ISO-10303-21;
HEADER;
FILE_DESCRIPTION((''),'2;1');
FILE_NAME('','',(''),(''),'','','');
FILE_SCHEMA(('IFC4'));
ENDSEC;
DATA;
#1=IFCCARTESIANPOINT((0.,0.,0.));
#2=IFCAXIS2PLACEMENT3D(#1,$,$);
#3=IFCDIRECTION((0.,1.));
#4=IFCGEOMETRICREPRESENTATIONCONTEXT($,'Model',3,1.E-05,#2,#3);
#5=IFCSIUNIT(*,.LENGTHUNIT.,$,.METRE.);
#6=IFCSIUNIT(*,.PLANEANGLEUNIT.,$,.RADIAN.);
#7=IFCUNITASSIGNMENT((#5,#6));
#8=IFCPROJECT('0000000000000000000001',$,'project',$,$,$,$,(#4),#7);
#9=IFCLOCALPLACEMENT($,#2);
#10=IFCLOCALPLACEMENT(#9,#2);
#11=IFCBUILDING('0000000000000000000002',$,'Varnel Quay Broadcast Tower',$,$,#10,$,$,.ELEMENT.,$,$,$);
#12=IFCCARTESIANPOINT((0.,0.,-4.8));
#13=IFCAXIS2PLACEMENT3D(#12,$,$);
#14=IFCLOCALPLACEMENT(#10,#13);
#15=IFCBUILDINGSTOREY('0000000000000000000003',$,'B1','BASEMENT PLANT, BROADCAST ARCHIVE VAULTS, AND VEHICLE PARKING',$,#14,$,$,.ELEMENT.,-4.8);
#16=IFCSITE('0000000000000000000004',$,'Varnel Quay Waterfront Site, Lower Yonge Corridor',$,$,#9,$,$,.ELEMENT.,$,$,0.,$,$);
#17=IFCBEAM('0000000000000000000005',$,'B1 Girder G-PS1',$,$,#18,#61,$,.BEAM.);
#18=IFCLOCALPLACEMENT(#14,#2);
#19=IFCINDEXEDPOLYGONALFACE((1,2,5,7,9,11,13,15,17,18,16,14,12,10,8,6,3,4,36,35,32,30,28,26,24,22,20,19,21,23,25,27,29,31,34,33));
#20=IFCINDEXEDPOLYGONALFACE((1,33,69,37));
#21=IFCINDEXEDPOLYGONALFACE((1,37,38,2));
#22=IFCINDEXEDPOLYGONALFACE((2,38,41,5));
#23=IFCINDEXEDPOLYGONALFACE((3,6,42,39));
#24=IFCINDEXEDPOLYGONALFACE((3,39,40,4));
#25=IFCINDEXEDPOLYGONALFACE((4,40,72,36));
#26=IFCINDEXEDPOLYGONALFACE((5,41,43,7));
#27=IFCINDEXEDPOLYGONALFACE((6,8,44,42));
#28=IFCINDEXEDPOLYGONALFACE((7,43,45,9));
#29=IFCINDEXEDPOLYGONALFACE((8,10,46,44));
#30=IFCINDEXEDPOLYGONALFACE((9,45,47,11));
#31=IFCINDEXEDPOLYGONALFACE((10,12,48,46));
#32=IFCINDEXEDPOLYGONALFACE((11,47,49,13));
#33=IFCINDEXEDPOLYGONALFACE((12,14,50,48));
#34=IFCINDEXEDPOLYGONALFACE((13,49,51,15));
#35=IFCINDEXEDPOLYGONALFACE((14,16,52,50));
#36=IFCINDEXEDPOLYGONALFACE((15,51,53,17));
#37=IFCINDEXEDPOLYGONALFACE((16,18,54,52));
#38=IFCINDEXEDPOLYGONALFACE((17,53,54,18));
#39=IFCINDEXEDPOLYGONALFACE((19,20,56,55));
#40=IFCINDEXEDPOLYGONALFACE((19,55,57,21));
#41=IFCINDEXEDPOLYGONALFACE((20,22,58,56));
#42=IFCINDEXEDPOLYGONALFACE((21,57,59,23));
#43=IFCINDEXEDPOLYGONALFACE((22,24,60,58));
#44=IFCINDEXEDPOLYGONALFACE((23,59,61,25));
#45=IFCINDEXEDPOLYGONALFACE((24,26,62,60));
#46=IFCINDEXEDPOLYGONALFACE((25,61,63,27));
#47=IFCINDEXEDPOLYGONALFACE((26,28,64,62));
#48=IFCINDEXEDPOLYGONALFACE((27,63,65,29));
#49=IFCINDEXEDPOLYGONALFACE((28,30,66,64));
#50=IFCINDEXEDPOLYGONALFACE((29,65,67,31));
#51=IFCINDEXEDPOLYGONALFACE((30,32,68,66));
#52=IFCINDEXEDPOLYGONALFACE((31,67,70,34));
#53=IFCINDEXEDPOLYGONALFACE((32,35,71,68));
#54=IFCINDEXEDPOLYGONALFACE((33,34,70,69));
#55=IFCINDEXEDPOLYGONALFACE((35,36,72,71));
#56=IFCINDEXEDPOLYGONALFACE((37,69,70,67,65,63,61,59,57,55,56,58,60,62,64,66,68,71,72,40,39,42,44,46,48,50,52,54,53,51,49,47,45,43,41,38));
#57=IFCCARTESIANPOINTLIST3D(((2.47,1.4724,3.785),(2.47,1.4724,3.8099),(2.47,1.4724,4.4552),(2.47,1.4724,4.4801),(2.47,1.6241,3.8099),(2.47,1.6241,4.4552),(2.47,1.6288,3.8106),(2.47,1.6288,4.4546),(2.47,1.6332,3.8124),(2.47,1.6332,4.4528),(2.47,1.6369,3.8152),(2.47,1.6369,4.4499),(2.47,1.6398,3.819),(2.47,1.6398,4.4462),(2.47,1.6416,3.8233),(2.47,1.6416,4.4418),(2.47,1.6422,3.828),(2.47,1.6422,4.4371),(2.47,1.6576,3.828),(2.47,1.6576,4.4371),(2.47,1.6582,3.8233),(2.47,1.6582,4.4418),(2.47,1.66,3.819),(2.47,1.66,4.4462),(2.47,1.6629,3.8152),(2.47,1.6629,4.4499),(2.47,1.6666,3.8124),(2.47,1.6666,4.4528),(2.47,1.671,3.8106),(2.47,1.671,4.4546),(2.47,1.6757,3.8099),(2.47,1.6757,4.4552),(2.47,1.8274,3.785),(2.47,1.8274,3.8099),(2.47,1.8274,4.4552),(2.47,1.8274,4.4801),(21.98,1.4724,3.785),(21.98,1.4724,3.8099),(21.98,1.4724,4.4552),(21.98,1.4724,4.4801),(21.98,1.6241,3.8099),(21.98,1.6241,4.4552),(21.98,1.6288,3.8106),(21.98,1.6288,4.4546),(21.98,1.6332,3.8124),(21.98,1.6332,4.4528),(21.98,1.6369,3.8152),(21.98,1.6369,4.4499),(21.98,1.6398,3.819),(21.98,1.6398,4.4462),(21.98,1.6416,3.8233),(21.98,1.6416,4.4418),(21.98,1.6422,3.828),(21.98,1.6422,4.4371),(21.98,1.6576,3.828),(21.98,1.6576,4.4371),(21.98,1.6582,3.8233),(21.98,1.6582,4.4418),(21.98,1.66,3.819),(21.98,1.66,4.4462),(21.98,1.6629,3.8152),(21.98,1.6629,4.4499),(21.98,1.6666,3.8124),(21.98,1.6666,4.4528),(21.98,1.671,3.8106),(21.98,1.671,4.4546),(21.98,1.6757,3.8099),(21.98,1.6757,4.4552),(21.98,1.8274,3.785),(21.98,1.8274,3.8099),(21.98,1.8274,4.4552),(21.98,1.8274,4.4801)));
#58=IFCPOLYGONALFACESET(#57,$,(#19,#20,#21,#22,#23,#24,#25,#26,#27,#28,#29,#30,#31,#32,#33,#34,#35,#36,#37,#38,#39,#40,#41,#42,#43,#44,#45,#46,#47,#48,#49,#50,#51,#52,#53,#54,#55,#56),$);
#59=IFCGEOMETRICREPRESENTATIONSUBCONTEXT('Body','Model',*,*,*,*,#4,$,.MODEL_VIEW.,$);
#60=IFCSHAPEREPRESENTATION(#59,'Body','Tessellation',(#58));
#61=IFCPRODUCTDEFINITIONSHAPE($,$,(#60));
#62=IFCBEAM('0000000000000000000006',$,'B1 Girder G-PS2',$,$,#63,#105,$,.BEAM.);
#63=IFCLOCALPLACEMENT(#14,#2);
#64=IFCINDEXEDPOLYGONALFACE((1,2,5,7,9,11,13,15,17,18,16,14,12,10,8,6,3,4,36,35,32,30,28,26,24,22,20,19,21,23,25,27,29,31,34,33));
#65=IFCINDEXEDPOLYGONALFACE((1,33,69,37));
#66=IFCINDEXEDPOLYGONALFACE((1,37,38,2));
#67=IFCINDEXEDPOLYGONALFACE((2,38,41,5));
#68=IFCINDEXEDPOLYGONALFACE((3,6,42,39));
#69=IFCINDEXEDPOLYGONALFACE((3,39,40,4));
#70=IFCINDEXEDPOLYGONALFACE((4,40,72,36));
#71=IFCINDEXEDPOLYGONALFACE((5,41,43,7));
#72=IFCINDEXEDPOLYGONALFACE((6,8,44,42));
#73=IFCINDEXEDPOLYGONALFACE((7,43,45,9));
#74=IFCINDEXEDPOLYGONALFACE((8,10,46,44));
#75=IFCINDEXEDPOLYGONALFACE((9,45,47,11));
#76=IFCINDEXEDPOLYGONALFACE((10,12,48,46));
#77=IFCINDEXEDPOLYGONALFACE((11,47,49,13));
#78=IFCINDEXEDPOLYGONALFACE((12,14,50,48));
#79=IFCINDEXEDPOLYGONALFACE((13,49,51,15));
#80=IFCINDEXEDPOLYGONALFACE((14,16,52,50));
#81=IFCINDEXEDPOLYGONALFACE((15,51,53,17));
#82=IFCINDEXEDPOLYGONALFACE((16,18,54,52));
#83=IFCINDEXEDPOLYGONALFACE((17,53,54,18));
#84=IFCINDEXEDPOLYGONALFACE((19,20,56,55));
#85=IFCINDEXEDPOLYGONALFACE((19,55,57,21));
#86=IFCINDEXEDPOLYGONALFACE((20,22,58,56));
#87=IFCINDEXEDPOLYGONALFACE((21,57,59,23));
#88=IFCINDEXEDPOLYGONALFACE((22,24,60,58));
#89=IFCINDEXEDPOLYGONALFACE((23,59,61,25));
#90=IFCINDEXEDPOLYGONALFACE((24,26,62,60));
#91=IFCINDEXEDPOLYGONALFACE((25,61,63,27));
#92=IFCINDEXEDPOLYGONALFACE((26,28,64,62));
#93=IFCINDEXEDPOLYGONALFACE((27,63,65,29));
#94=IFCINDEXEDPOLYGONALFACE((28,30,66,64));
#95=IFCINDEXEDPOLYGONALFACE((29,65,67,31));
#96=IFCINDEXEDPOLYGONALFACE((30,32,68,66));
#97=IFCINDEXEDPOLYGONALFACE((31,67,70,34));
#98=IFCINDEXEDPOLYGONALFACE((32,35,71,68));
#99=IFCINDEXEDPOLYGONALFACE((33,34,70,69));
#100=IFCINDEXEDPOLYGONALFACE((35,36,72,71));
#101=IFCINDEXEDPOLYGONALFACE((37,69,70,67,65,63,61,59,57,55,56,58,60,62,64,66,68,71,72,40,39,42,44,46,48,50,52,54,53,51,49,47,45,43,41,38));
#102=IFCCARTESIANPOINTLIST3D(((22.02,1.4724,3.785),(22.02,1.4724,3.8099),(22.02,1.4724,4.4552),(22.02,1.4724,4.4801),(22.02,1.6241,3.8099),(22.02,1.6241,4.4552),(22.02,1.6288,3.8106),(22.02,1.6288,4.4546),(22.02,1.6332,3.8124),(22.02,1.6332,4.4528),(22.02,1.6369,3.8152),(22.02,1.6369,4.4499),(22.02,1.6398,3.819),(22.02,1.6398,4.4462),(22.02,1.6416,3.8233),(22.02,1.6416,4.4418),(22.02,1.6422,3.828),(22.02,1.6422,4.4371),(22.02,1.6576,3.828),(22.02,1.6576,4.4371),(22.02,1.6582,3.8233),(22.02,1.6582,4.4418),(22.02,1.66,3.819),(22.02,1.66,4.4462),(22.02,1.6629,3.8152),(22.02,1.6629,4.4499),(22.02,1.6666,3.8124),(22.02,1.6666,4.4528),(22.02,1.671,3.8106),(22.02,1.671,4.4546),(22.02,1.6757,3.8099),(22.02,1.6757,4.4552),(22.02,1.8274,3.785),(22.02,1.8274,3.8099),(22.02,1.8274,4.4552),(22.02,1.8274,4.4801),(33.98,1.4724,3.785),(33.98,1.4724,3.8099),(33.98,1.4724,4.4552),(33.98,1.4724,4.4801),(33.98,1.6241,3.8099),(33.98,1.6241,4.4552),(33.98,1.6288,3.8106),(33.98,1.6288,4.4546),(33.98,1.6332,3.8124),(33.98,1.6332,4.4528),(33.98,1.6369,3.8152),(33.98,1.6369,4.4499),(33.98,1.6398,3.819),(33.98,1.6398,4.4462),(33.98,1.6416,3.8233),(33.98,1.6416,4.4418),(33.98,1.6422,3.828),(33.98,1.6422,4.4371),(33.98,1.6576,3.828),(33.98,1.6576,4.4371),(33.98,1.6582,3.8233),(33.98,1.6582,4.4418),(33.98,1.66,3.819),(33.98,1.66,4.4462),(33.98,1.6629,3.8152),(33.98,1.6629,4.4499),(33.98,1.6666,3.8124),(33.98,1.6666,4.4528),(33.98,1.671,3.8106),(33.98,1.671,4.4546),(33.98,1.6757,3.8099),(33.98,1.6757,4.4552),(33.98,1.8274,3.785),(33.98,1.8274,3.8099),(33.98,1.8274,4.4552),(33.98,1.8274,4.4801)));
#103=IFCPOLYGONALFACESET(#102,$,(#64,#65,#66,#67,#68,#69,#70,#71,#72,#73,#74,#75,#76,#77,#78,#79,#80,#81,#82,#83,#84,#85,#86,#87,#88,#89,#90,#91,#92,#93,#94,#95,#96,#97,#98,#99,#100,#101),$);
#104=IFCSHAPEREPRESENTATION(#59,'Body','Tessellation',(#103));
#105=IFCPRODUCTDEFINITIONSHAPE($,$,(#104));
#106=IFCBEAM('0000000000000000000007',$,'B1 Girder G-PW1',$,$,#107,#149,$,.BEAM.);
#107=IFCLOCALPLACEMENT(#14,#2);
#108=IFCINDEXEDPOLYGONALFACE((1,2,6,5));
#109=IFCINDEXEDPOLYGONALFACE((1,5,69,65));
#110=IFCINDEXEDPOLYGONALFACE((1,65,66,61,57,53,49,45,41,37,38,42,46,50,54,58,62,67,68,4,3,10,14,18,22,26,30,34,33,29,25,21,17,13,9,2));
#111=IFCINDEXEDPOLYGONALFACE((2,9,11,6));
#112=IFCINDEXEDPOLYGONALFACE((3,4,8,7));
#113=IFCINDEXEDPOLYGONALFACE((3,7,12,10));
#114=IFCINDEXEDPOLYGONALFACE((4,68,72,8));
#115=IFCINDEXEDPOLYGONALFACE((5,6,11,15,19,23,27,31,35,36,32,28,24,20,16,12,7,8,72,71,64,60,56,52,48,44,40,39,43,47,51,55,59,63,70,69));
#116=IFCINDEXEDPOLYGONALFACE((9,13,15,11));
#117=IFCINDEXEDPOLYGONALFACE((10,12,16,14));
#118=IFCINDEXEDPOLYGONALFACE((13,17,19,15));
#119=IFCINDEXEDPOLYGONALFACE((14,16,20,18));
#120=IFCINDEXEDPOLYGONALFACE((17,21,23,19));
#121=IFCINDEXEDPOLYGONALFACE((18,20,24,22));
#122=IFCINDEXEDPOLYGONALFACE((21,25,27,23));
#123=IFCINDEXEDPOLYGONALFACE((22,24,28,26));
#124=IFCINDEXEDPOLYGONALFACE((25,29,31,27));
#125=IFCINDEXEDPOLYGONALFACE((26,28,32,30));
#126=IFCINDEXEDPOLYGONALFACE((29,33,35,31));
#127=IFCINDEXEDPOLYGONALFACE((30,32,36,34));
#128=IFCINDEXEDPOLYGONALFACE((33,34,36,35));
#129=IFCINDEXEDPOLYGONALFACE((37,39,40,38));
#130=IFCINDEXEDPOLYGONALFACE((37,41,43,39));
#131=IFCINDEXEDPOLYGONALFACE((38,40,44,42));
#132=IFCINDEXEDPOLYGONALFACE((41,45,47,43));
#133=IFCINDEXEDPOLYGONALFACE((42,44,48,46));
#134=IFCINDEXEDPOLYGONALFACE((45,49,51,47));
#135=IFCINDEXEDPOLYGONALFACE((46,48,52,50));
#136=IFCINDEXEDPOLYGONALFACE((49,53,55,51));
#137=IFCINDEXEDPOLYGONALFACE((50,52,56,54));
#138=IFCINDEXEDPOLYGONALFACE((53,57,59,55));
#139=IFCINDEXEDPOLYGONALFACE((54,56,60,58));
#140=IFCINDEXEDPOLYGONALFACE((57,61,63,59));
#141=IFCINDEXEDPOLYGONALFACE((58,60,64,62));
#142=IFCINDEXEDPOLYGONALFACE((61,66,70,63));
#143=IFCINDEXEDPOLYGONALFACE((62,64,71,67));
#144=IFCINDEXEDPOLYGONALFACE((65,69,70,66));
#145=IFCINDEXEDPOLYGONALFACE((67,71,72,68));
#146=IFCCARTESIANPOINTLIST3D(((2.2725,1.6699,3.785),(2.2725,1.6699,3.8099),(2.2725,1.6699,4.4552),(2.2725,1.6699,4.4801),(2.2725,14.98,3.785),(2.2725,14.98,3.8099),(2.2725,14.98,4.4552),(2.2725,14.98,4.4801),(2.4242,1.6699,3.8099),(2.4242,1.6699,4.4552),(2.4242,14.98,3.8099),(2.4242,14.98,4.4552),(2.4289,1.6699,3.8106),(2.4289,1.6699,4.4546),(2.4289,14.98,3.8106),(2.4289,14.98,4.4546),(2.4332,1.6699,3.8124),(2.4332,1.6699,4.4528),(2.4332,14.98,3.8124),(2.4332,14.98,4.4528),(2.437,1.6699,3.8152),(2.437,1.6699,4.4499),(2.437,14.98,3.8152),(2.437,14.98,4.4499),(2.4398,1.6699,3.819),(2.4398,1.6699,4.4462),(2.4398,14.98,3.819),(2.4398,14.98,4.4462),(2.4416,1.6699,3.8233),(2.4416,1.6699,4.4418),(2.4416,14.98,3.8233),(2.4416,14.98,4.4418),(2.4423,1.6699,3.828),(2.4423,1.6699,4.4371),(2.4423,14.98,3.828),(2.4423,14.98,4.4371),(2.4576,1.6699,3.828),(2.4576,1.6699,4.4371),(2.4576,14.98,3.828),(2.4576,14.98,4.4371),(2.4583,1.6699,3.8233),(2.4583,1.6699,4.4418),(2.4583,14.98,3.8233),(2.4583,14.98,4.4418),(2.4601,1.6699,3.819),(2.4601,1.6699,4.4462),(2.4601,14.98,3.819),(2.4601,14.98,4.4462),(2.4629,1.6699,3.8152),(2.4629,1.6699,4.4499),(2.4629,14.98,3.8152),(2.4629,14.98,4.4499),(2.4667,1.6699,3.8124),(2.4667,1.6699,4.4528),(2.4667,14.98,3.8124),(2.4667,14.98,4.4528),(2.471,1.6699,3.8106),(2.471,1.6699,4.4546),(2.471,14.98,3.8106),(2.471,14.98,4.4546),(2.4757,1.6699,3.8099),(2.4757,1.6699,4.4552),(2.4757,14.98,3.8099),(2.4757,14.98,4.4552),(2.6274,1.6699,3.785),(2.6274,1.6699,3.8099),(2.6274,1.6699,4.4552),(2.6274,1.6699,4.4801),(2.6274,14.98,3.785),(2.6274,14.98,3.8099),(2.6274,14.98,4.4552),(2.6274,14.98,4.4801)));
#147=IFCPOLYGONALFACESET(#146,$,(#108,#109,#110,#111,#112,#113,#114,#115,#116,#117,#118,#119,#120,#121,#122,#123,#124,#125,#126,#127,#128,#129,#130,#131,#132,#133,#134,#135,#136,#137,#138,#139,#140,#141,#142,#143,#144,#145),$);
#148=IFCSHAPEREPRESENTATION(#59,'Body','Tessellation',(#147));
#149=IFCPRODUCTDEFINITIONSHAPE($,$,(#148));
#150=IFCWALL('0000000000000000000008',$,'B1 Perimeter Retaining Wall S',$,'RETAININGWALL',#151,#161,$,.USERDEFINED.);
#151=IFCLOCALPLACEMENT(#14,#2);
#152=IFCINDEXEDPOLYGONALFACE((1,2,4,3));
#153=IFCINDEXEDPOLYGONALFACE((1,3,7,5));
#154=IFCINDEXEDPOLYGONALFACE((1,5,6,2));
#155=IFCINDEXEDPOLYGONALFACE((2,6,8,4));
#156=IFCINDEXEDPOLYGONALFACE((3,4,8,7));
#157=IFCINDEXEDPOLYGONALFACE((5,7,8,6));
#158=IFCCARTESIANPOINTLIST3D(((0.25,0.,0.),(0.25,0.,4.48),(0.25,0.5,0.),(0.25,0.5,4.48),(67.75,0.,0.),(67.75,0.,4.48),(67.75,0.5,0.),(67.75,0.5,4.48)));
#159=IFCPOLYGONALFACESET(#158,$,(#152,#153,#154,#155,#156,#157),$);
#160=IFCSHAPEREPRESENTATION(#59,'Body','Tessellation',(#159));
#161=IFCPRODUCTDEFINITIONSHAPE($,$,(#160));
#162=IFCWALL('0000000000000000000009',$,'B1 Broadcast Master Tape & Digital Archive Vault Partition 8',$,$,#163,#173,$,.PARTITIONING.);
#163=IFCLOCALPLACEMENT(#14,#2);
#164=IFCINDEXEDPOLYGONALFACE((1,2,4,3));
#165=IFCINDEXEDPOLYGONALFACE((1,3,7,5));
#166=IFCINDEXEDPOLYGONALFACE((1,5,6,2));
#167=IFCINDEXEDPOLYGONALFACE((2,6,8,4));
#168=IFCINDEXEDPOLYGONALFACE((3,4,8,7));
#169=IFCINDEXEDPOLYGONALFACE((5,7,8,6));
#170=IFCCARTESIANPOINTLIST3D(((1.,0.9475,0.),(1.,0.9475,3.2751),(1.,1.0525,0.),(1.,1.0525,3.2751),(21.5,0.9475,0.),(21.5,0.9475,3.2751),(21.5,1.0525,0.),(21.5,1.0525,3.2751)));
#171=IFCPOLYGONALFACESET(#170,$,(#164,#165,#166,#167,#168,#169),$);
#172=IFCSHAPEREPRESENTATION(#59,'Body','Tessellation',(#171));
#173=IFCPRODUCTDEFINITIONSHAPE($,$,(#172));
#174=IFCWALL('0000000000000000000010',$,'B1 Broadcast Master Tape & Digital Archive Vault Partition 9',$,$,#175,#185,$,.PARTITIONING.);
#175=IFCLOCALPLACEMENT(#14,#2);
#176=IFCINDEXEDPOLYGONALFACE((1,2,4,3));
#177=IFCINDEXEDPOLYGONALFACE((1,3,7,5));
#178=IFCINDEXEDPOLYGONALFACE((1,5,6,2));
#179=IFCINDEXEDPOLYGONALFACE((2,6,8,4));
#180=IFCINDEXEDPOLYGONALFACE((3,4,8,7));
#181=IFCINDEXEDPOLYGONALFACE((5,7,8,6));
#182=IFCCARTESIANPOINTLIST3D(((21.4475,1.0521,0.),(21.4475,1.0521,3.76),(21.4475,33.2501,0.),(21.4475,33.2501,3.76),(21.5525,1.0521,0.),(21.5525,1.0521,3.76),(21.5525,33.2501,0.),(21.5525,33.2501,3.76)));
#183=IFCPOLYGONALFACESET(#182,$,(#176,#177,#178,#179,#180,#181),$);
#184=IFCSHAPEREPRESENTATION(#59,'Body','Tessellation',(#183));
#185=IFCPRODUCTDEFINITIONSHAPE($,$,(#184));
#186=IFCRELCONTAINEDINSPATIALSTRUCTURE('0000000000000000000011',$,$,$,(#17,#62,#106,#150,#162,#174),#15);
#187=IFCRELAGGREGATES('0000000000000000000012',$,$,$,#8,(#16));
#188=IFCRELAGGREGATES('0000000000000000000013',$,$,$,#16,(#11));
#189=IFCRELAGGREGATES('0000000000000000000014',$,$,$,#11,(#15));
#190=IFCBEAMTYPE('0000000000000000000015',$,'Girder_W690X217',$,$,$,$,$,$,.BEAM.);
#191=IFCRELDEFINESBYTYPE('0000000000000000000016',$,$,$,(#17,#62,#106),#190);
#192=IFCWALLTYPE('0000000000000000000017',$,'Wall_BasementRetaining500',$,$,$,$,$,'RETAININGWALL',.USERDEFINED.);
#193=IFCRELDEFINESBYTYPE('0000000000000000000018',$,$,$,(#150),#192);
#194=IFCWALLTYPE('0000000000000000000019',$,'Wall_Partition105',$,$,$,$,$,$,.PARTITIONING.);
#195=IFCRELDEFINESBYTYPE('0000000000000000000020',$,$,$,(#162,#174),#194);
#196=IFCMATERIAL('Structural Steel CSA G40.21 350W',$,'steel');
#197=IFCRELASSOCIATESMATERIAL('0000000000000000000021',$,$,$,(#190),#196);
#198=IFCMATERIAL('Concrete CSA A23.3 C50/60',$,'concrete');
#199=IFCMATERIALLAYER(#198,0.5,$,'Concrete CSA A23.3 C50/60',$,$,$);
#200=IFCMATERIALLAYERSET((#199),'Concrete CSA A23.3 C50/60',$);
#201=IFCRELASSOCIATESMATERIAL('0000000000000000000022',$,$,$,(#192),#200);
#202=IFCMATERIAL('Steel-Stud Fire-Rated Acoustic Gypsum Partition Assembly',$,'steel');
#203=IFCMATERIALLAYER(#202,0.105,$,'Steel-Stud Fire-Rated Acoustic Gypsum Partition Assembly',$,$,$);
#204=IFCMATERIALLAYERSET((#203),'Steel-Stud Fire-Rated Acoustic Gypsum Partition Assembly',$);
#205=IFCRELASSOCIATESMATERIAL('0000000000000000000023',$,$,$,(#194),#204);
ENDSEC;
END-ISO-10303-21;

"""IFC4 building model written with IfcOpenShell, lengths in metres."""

from ifc_helpers import new_model, si_unit, direction, frame, frame_2d, origin, origin_2d, place, context, subcontext, project, spatial, rectangle, i_section, extrude, source, transform, mapped, material, layer, layer_set, material_profile, profile_set, type_object, type_shapes, element, save


model = new_model("IFC4")

# Units and contexts
model_context = context("Model", 3, precision=1e-05, world=origin(), true_north=direction((0.0, 1.0)))
body_context = subcontext(model_context, "Body", "Model", "MODEL_VIEW")
ifc_project = project(units=[si_unit("LENGTHUNIT", "METRE"), si_unit("PLANEANGLEUNIT", "RADIAN")], contexts=[model_context])

# Site, building, storey
site_placement = place(None, origin())
site = spatial("IfcSite", under=ifc_project, at=site_placement, Name="Varnel Quay Waterfront Site, Lower Yonge Corridor", CompositionType="ELEMENT", RefElevation=0.0)
building_placement = place(site_placement, origin())
building = spatial("IfcBuilding", under=site, at=building_placement, Name="Varnel Quay Broadcast Tower", CompositionType="ELEMENT")
storey_placement = place(building_placement, frame((0.0, 0.0, -4.8)))
storey = spatial("IfcBuildingStorey", under=building, at=storey_placement, Name="B1", Description="BASEMENT PLANT, BROADCAST ARCHIVE VAULTS, AND VEHICLE PARKING", CompositionType="ELEMENT", Elevation=-4.8)

# Shared definitions
ifc_material_1 = material(Name="Concrete CSA A23.3 C50/60", Category="concrete")

# Beams
ifc_material_2 = material(Name="Structural Steel CSA G40.21 350W", Category="steel")
ifc_material_profile_1 = material_profile(ifc_material_2, i_section(OverallWidth=0.355, OverallDepth=0.6951, WebThickness=0.0154, FlangeThickness=0.0249, FilletRadius=0.0181, at=origin_2d()), Name="W690X217")
ifc_profile_set_1 = profile_set([ifc_material_profile_1], Name="Structural Steel CSA G40.21 350W")
beam_type_1 = type_object("IfcBeamType", Name="Girder_W690X217", PredefinedType="BEAM", material=ifc_profile_set_1)
shared_shape_1 = source(origin(), body_context, "Body", "SweptSolid", [
    extrude(i_section(OverallWidth=0.355, OverallDepth=0.6951, WebThickness=0.0154, FlangeThickness=0.0249, FilletRadius=0.0181, at=origin_2d()), origin(), (0.0, 0.0, 1.0), 19.51),
])
beam_1_placement = place(storey_placement, frame((2.47, 1.6499, 4.1326), z_axis=(1.0, 0.0, 0.0), x_axis=(0.0, 1.0, 0.0)))
element("IfcBeam", 1, at=beam_1_placement, inside=storey, type_object=beam_type_1, Name="B1 Girder G-PS1", PredefinedType="BEAM", context=body_context, shape_type="MappedRepresentation", body=[
    mapped(shared_shape_1, transform((0.0, 0.0, 0.0), x_axis=(1.0, 0.0, 0.0), y_axis=(0.0, 1.0, 0.0), z_axis=(0.0, 0.0, 1.0), scale=1.0)),
])
shared_shape_2 = source(origin(), body_context, "Body", "SweptSolid", [
    extrude(i_section(OverallWidth=0.355, OverallDepth=0.6951, WebThickness=0.0154, FlangeThickness=0.0249, FilletRadius=0.0181, at=origin_2d()), origin(), (0.0, 0.0, 1.0), 11.96),
])
beam_2_placement = place(storey_placement, frame((22.02, 1.6499, 4.1326), z_axis=(1.0, 0.0, 0.0), x_axis=(0.0, 1.0, 0.0)))
element("IfcBeam", 2, at=beam_2_placement, inside=storey, type_object=beam_type_1, Name="B1 Girder G-PS2", PredefinedType="BEAM", context=body_context, shape_type="MappedRepresentation", body=[
    mapped(shared_shape_2, transform((0.0, 0.0, 0.0), x_axis=(1.0, 0.0, 0.0), y_axis=(0.0, 1.0, 0.0), z_axis=(0.0, 0.0, 1.0), scale=1.0)),
])
shared_shape_3 = source(origin(), body_context, "Body", "SweptSolid", [
    extrude(i_section(OverallWidth=0.355, OverallDepth=0.6951, WebThickness=0.0154, FlangeThickness=0.0249, FilletRadius=0.0181, at=origin_2d()), origin(), (0.0, 0.0, 1.0), 13.3101),
])
type_shapes(beam_type_1, [shared_shape_1, shared_shape_2, shared_shape_3])
beam_3_placement = place(storey_placement, frame((2.45, 1.6699, 4.1326), z_axis=(0.0, 1.0, 0.0), x_axis=(-1.0, 0.0, 0.0)))
element("IfcBeam", 3, at=beam_3_placement, inside=storey, type_object=beam_type_1, Name="B1 Girder G-PW1", PredefinedType="BEAM", context=body_context, shape_type="MappedRepresentation", body=[
    mapped(shared_shape_3, transform((0.0, 0.0, 0.0), x_axis=(1.0, 0.0, 0.0), y_axis=(0.0, 1.0, 0.0), z_axis=(0.0, 0.0, 1.0), scale=1.0)),
])

# Walls
ifc_layer_1 = layer(ifc_material_1, 0.5, Name="Concrete CSA A23.3 C50/60")
ifc_layer_set_1 = layer_set([ifc_layer_1], Name="Concrete CSA A23.3 C50/60")
wall_type_1 = type_object("IfcWallType", Name="Wall_BasementRetaining500", ElementType="RETAININGWALL", PredefinedType="USERDEFINED", material=ifc_layer_set_1)
wall_1_placement = place(storey_placement, frame((0.25, 0.25, 0.0), z_axis=(0.0, 0.0, 1.0), x_axis=(1.0, 0.0, 0.0)))
element("IfcWall", 4, at=wall_1_placement, inside=storey, type_object=wall_type_1, Name="B1 Perimeter Retaining Wall S", ObjectType="RETAININGWALL", PredefinedType="USERDEFINED", context=body_context, shape_type="SweptSolid", body=[
    extrude(rectangle(XDim=67.5, YDim=0.5, at=frame_2d((33.75, 0.0))), origin(), (0.0, 0.0, 1.0), 4.48),
])
ifc_material_3 = material(Name="Steel-Stud Fire-Rated Acoustic Gypsum Partition Assembly", Category="steel")
ifc_layer_2 = layer(ifc_material_3, 0.105, Name="Steel-Stud Fire-Rated Acoustic Gypsum Partition Assembly")
ifc_layer_set_2 = layer_set([ifc_layer_2], Name="Steel-Stud Fire-Rated Acoustic Gypsum Partition Assembly")
wall_type_2 = type_object("IfcWallType", Name="Wall_Partition105", PredefinedType="PARTITIONING", material=ifc_layer_set_2)
wall_2_placement = place(storey_placement, frame((1.0, 1.0, 0.0), z_axis=(0.0, 0.0, 1.0), x_axis=(1.0, 0.0, 0.0)))
element("IfcWall", 5, at=wall_2_placement, inside=storey, type_object=wall_type_2, Name="B1 Broadcast Master Tape & Digital Archive Vault Partition 8", PredefinedType="PARTITIONING", context=body_context, shape_type="SweptSolid", body=[
    extrude(rectangle(XDim=20.5, YDim=0.105, at=frame_2d((10.25, 0.0))), origin(), (0.0, 0.0, 1.0), 3.2751),
])
wall_3_placement = place(storey_placement, frame((21.5, 1.052, 0.0), z_axis=(0.0, 0.0, 1.0), x_axis=(0.0, 1.0, 0.0)))
element("IfcWall", 6, at=wall_3_placement, inside=storey, type_object=wall_type_2, Name="B1 Broadcast Master Tape & Digital Archive Vault Partition 9", PredefinedType="PARTITIONING", context=body_context, shape_type="SweptSolid", body=[
    extrude(rectangle(XDim=32.198, YDim=0.105, at=frame_2d((16.0991, 0.0))), origin(), (0.0, 0.0, 1.0), 3.76),
])

save(model, "model.ifc")
